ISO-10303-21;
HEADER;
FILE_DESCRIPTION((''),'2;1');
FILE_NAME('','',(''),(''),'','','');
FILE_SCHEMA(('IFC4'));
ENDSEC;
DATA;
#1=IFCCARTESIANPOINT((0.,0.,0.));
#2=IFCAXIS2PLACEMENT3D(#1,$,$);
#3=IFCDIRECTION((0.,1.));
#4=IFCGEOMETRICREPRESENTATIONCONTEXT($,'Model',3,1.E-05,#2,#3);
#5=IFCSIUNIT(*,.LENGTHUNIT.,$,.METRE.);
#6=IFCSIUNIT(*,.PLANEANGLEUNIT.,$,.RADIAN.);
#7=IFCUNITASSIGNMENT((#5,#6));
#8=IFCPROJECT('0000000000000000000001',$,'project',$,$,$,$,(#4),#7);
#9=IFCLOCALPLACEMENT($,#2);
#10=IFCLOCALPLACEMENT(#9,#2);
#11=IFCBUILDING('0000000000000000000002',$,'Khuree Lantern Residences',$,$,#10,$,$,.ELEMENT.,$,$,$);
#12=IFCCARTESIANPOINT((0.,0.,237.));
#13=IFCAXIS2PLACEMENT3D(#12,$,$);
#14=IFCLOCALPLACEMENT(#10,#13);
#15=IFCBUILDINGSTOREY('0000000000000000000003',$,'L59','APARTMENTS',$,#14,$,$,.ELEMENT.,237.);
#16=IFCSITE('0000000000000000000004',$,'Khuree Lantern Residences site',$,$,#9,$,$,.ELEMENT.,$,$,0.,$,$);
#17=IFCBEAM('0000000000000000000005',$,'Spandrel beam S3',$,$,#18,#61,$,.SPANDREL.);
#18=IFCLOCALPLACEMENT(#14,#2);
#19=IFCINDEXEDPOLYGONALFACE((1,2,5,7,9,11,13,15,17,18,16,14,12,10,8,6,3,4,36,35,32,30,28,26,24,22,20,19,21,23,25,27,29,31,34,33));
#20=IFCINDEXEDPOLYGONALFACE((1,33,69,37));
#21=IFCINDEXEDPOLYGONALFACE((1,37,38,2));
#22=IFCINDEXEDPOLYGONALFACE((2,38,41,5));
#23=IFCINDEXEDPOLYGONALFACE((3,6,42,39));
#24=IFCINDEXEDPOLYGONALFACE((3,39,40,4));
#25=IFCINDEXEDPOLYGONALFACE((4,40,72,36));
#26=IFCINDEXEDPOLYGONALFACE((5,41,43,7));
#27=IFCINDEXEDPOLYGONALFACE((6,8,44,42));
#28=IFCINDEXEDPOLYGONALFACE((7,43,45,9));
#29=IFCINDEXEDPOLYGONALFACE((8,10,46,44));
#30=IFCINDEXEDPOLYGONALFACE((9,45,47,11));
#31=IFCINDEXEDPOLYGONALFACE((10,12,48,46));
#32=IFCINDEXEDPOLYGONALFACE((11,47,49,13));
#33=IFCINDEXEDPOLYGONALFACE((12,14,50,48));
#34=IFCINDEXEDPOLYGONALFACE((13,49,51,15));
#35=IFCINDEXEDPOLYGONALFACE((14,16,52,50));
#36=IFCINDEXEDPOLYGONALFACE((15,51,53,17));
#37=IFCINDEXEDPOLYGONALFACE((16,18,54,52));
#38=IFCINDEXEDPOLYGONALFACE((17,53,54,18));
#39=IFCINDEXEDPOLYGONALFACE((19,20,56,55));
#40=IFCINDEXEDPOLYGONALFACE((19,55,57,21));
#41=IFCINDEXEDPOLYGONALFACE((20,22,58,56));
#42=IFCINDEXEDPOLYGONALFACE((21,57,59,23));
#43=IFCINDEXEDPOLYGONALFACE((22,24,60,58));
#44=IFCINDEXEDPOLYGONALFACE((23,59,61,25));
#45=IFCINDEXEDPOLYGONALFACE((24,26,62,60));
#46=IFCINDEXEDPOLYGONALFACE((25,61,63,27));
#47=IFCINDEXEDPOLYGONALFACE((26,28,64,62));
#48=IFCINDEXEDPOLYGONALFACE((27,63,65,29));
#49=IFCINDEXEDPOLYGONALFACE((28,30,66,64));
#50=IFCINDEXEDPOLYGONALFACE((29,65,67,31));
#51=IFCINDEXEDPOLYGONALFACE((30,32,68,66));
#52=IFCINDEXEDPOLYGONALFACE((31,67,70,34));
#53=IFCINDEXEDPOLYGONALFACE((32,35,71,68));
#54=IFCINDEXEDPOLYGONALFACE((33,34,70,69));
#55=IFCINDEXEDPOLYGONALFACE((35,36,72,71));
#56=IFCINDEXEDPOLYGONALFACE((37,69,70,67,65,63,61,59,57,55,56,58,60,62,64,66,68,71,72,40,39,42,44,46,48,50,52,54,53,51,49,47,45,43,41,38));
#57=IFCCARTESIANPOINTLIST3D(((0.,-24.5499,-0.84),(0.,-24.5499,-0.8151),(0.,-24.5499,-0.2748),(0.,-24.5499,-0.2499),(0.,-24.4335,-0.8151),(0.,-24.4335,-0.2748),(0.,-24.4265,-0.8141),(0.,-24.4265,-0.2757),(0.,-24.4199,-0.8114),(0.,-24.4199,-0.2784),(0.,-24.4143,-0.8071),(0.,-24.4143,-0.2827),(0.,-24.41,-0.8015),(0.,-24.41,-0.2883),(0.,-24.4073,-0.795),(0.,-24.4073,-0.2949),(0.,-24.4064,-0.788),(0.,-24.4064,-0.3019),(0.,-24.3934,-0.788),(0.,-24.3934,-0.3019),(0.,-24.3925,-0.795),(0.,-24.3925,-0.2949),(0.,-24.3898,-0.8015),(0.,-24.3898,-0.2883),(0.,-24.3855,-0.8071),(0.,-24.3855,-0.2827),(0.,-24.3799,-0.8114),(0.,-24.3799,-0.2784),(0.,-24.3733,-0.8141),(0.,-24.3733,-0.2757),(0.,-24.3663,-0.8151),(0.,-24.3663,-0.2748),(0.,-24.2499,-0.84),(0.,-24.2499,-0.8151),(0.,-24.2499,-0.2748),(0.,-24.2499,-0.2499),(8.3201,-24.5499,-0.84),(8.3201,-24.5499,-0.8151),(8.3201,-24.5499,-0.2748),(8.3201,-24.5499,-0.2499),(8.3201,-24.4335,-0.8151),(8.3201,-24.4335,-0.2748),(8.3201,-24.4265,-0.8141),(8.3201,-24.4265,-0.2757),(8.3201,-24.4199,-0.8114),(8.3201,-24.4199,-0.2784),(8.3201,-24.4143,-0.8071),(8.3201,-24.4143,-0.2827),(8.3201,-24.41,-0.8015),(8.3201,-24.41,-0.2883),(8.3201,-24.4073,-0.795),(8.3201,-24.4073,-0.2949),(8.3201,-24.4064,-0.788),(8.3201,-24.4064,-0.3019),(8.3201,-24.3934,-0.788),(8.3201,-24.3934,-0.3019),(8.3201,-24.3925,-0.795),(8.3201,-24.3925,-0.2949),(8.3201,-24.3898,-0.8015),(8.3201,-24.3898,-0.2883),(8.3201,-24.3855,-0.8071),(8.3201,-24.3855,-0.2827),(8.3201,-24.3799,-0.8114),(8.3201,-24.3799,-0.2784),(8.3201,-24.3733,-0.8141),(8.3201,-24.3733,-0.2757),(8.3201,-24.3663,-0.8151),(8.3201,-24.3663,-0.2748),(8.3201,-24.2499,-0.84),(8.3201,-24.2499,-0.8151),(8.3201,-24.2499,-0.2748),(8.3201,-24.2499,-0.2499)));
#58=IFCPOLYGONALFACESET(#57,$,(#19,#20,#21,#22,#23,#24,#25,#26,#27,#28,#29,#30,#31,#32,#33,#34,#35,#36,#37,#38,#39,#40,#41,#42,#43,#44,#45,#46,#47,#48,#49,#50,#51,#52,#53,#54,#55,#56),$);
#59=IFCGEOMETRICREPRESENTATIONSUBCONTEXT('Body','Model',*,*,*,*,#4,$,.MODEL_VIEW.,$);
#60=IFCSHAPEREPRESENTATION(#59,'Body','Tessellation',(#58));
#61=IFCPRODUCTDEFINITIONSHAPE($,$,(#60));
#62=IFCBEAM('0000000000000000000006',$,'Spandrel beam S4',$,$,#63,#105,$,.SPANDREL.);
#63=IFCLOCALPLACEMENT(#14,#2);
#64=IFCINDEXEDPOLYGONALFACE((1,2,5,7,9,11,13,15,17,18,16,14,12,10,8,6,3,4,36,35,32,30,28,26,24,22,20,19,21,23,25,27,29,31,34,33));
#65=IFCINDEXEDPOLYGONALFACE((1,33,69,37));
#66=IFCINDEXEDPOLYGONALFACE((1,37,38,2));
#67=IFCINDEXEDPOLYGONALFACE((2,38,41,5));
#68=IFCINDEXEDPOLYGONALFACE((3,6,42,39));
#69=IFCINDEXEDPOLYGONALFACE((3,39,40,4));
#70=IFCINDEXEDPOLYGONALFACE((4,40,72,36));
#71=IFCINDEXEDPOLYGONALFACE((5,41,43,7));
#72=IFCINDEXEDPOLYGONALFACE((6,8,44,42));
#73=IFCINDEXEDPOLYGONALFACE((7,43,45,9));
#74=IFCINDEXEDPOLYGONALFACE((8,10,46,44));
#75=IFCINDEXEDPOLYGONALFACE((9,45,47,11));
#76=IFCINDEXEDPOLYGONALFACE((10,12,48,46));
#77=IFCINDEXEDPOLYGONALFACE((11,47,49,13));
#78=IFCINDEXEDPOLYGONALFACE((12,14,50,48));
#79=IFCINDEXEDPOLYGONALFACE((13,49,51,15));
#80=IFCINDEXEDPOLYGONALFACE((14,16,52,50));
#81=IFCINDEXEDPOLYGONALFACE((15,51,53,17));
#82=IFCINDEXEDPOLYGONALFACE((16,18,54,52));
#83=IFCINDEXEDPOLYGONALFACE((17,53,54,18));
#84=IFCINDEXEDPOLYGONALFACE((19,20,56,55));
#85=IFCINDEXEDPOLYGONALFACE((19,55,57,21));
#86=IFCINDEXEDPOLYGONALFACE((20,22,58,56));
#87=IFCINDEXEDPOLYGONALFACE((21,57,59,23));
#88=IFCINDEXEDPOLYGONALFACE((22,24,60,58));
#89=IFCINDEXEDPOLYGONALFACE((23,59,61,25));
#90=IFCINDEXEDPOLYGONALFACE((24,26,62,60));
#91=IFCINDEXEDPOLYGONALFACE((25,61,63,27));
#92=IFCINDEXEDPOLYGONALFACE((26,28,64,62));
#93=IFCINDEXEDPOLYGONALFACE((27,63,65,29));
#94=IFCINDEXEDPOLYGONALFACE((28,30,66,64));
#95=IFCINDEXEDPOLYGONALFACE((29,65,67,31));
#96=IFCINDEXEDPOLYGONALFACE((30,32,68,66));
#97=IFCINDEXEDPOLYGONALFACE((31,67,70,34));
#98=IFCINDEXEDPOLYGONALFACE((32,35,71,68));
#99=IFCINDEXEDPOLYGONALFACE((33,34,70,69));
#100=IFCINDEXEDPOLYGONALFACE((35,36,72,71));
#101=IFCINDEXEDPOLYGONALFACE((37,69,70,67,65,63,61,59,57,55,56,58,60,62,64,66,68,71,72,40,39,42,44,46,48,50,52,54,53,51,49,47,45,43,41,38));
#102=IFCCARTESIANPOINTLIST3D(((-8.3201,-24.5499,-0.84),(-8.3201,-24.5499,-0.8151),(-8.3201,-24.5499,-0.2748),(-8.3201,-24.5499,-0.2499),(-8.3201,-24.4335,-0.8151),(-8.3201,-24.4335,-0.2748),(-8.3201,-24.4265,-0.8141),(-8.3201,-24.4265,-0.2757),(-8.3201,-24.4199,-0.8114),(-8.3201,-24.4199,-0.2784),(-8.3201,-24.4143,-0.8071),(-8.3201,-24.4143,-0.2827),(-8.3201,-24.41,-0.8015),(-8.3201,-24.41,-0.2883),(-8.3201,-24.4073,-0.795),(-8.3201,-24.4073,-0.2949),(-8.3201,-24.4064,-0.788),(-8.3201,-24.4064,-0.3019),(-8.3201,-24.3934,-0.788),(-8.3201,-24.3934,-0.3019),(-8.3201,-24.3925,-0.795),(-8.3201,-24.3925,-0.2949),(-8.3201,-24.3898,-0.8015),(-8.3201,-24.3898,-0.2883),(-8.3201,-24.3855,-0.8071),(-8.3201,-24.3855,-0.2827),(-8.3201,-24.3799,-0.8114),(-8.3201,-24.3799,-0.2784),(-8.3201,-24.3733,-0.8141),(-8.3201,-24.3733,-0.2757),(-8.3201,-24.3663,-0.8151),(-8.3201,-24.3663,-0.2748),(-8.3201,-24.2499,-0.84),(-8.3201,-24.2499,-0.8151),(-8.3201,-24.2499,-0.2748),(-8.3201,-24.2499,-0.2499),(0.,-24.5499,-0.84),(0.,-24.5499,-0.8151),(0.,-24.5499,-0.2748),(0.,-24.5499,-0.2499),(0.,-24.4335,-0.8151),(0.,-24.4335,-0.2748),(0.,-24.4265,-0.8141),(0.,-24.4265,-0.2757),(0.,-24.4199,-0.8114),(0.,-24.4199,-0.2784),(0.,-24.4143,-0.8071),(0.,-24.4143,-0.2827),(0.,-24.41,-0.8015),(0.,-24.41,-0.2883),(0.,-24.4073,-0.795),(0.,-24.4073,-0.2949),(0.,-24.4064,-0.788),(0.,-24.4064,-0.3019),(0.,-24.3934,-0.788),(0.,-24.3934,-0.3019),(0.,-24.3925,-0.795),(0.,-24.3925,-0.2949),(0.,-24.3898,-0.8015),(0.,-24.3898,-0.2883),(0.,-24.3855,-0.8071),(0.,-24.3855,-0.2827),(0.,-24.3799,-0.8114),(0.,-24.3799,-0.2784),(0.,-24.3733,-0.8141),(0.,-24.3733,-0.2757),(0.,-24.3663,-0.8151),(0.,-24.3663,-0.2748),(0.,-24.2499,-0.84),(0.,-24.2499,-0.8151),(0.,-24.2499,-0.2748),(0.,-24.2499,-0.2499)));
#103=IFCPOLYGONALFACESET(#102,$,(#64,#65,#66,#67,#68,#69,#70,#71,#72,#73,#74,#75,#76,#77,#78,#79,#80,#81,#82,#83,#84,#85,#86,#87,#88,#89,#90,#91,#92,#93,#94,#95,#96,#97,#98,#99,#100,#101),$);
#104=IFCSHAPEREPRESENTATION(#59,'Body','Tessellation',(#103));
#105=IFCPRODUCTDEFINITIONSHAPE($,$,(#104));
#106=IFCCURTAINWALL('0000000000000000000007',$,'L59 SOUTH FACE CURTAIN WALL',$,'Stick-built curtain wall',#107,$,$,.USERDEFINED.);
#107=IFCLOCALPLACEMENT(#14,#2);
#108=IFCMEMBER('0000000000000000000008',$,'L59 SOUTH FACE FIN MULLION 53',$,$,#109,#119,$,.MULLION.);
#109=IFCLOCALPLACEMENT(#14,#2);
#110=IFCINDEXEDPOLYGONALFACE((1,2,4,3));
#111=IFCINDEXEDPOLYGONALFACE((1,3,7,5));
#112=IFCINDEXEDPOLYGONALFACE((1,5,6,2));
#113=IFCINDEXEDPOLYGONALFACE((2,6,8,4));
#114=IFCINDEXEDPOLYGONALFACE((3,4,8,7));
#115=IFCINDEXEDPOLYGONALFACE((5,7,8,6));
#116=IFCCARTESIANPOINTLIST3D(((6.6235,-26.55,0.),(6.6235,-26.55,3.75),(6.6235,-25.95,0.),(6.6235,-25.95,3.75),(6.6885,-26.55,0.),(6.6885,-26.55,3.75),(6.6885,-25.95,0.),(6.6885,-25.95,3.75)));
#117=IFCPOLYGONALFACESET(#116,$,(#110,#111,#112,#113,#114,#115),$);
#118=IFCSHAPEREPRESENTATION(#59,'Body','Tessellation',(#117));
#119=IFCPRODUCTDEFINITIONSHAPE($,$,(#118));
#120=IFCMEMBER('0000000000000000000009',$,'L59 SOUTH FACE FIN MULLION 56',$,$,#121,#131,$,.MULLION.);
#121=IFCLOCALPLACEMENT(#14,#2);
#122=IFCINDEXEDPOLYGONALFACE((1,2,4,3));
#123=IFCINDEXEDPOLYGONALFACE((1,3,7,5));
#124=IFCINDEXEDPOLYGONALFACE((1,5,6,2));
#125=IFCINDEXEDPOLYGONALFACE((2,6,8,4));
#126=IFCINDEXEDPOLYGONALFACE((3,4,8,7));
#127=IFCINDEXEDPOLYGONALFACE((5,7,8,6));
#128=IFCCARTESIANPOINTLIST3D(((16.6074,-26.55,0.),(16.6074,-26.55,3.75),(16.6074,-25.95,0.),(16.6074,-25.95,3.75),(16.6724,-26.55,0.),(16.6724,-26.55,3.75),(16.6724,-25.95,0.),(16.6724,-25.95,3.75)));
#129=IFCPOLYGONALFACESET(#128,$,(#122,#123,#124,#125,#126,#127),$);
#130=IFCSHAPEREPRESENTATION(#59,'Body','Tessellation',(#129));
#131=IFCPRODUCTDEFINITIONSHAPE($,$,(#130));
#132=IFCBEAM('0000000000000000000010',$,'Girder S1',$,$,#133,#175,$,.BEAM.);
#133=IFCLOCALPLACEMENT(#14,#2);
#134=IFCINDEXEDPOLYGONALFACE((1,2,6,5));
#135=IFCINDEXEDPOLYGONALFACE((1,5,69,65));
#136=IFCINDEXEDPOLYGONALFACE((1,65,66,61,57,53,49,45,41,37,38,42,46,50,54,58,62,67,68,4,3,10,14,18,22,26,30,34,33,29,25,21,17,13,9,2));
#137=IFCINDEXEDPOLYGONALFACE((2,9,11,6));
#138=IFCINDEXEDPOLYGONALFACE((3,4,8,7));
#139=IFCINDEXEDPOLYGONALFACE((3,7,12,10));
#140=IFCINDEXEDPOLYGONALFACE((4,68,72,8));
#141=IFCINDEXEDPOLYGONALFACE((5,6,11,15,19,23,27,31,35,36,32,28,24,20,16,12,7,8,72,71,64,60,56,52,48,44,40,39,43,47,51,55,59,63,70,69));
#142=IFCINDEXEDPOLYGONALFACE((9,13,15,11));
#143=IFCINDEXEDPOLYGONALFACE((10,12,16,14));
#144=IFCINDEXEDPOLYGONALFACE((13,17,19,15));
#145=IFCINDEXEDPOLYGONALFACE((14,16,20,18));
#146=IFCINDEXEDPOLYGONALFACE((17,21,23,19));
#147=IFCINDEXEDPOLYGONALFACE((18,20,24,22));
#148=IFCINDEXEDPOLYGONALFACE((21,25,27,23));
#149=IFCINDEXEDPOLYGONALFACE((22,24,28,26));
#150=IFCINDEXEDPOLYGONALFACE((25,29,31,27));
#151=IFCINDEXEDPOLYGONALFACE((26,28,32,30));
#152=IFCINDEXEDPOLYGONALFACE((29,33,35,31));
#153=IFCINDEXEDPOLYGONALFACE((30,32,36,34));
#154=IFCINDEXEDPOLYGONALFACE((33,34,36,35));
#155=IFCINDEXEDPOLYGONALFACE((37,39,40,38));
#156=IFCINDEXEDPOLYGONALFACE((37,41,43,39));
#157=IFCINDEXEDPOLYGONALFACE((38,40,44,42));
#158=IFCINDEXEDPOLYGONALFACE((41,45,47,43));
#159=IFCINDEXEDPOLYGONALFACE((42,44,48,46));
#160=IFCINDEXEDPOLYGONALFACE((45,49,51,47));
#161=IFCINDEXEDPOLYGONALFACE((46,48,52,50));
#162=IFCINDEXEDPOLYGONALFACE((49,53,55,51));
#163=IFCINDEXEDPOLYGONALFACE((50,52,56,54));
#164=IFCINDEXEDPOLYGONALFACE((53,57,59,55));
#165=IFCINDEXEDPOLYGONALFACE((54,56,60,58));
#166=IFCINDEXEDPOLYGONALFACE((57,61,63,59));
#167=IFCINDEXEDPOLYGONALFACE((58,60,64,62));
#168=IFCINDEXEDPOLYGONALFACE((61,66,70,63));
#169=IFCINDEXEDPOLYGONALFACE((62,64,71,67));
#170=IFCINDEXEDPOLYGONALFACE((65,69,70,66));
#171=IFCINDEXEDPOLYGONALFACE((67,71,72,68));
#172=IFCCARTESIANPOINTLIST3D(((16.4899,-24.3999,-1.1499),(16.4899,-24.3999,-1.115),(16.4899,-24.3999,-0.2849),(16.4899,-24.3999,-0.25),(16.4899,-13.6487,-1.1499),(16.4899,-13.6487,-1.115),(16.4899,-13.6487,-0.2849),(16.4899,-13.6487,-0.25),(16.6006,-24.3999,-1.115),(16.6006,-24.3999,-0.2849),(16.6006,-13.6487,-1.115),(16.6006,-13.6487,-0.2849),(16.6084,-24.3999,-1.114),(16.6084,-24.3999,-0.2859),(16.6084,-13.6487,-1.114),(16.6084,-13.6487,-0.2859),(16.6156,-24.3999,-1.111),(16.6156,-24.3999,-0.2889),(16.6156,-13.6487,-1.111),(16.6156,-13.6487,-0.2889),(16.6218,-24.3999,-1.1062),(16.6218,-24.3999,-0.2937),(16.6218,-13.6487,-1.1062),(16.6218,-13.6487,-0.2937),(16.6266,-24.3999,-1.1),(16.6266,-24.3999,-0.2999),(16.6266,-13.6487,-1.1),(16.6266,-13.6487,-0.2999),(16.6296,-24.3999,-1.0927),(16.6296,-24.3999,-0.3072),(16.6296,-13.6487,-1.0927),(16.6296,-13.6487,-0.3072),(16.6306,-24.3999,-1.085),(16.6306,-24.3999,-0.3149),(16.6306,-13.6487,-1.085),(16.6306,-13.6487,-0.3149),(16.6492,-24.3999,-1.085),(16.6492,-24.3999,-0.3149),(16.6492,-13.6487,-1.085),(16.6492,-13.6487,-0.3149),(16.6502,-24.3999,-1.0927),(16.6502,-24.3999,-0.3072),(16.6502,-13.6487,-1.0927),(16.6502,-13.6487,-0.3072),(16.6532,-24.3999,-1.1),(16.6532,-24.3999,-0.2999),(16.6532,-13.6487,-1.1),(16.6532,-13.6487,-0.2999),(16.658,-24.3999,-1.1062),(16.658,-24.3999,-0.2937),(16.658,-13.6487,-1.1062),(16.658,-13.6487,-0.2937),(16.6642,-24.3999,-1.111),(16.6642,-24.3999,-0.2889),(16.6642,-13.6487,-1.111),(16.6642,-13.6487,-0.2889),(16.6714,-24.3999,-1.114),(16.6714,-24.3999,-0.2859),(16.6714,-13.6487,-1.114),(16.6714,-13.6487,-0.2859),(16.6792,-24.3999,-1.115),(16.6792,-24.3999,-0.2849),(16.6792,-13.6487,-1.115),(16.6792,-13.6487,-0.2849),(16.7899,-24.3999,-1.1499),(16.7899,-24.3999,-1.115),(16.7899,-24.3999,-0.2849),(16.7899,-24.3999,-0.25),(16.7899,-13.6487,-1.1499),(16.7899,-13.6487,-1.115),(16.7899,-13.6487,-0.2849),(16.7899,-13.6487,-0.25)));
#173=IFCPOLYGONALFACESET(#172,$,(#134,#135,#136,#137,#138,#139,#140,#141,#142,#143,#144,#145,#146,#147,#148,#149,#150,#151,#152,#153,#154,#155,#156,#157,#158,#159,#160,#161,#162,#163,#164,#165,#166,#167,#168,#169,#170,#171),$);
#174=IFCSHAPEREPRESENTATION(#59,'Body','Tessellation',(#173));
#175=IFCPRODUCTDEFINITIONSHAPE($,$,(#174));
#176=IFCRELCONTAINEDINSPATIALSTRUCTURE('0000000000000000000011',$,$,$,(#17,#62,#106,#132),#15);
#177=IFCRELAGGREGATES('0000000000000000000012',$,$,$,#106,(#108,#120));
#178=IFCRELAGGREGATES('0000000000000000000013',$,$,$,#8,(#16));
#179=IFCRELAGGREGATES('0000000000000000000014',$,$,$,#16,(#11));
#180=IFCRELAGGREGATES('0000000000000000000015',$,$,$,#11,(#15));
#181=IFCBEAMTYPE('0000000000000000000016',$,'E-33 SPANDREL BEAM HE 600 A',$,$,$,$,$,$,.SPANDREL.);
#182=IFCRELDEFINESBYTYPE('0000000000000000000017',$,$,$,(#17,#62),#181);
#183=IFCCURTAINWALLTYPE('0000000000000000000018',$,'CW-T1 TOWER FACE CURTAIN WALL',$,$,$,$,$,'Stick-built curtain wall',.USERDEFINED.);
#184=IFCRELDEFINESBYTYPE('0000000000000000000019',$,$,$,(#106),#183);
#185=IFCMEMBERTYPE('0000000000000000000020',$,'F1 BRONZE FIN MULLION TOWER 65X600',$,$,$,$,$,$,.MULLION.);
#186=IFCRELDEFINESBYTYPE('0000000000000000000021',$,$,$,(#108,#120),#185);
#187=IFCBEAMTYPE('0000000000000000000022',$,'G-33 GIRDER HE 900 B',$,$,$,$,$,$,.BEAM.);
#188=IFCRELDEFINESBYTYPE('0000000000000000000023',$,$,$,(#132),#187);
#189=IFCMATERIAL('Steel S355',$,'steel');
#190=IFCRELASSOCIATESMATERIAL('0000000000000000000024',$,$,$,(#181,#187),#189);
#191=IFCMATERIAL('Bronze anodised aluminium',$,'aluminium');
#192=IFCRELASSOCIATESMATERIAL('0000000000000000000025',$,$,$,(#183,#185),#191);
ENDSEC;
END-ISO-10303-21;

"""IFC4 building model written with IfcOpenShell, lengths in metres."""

from ifc_helpers import new_model, si_unit, direction, frame, origin, origin_2d, place, context, subcontext, project, spatial, rectangle, i_section, extrude, material, material_profile, profile_set, type_object, element, aggregate, save


model = new_model("IFC4")

# Units and contexts
model_context = context("Model", 3, precision=1e-05, world=origin(), true_north=direction((0.0, 1.0)))
body_context = subcontext(model_context, "Body", "Model", "MODEL_VIEW")
ifc_project = project(units=[si_unit("LENGTHUNIT", "METRE"), si_unit("PLANEANGLEUNIT", "RADIAN")], contexts=[model_context])

# Site, building, storey
site_placement = place(None, origin())
site = spatial("IfcSite", under=ifc_project, at=site_placement, Name="Khuree Lantern Residences site", CompositionType="ELEMENT", RefElevation=0.0)
building_placement = place(site_placement, origin())
building = spatial("IfcBuilding", under=site, at=building_placement, Name="Khuree Lantern Residences", CompositionType="ELEMENT")
storey_placement = place(building_placement, frame((0.0, 0.0, 237.0)))
storey = spatial("IfcBuildingStorey", under=building, at=storey_placement, Name="L59", Description="APARTMENTS", CompositionType="ELEMENT", Elevation=237.0)

# Beams
ifc_material_1 = material(Name="Steel S355", Category="steel")
ifc_material_profile_1 = material_profile(ifc_material_1, i_section(OverallWidth=0.3, OverallDepth=0.5901, WebThickness=0.0129, FlangeThickness=0.0249, FilletRadius=0.0271, at=origin_2d()), Name="HE 600 A")
ifc_profile_set_1 = profile_set([ifc_material_profile_1], Name="Steel S355")
beam_type_1 = type_object("IfcBeamType", Name="E-33 SPANDREL BEAM HE 600 A", PredefinedType="SPANDREL", material=ifc_profile_set_1)
for number, where, z_axis, x_axis, name in (
    (1, (8.3201, -24.3999, -0.5449), (-1.0, 0.0, 0.0), (0.0, -1.0, 0.0), "Spandrel beam S3"),
    (2, (0.0, -24.3999, -0.5449), (-1.0, 0.0, 0.0), (0.0, -1.0, 0.0), "Spandrel beam S4"),
):
    element("IfcBeam", number, at=place(storey_placement, frame(where, z_axis=z_axis, x_axis=x_axis)), inside=storey, type_object=beam_type_1, Name=name, PredefinedType="SPANDREL", context=body_context, shape_type="SweptSolid", body=[
        extrude(i_section(OverallWidth=0.3, OverallDepth=0.5901, WebThickness=0.0129, FlangeThickness=0.0249, FilletRadius=0.0271, at=origin_2d()), origin(), (0.0, 0.0, 1.0), 8.3201),
    ])

# Curtain wall, members
ifc_material_2 = material(Name="Bronze anodised aluminium", Category="aluminium")
curtain_wall_type = type_object("IfcCurtainWallType", Name="CW-T1 TOWER FACE CURTAIN WALL", ElementType="Stick-built curtain wall", PredefinedType="USERDEFINED", material=ifc_material_2)
curtain_wall_placement = place(storey_placement, origin())
curtain_wall = element("IfcCurtainWall", 3, at=curtain_wall_placement, inside=storey, type_object=curtain_wall_type, Name="L59 SOUTH FACE CURTAIN WALL", ObjectType="Stick-built curtain wall", PredefinedType="USERDEFINED")
ifc_material_profile_2 = material_profile(ifc_material_2, rectangle(XDim=0.0649, YDim=0.6001, at=origin_2d()), Name="F1 65X600")
ifc_profile_set_2 = profile_set([ifc_material_profile_2], Name="Bronze anodised aluminium")
member_type_1 = type_object("IfcMemberType", Name="F1 BRONZE FIN MULLION TOWER 65X600", PredefinedType="MULLION", material=ifc_profile_set_2)
member_1_placement = place(storey_placement, frame((6.656, -26.25, 0.0), z_axis=(0.0, 0.0, 1.0), x_axis=(1.0, 0.0, 0.0)))
member_1 = element("IfcMember", 4, at=member_1_placement, type_object=member_type_1, Name="L59 SOUTH FACE FIN MULLION 53", PredefinedType="MULLION", context=body_context, shape_type="SweptSolid", body=[
    extrude(rectangle(XDim=0.0649, YDim=0.6001, at=origin_2d()), origin(), (0.0, 0.0, 1.0), 3.75),
])
member_2_placement = place(storey_placement, frame((16.6399, -26.25, 0.0), z_axis=(0.0, 0.0, 1.0), x_axis=(1.0, 0.0, 0.0)))
member_2 = element("IfcMember", 5, at=member_2_placement, type_object=member_type_1, Name="L59 SOUTH FACE FIN MULLION 56", PredefinedType="MULLION", context=body_context, shape_type="SweptSolid", body=[
    extrude(rectangle(XDim=0.0649, YDim=0.6001, at=origin_2d()), origin(), (0.0, 0.0, 1.0), 3.75),
])

# Beam
ifc_material_profile_3 = material_profile(ifc_material_1, i_section(OverallWidth=0.3, OverallDepth=0.8999, WebThickness=0.0186, FlangeThickness=0.0349, FilletRadius=0.03, at=origin_2d()), Name="HE 900 B")
ifc_profile_set_3 = profile_set([ifc_material_profile_3], Name="Steel S355")
beam_type_2 = type_object("IfcBeamType", Name="G-33 GIRDER HE 900 B", PredefinedType="BEAM", material=ifc_profile_set_3)
beam_1_placement = place(storey_placement, frame((16.6399, -24.3999, -0.7), z_axis=(0.0, 1.0, 0.0), x_axis=(-1.0, 0.0, 0.0)))
element("IfcBeam", 6, at=beam_1_placement, inside=storey, type_object=beam_type_2, Name="Girder S1", PredefinedType="BEAM", context=body_context, shape_type="SweptSolid", body=[
    extrude(i_section(OverallWidth=0.3, OverallDepth=0.8999, WebThickness=0.0186, FlangeThickness=0.0349, FilletRadius=0.03, at=origin_2d()), origin(), (0.0, 0.0, 1.0), 10.7512),
])

aggregate(curtain_wall, [member_1, member_2])

save(model, "model.ifc")
